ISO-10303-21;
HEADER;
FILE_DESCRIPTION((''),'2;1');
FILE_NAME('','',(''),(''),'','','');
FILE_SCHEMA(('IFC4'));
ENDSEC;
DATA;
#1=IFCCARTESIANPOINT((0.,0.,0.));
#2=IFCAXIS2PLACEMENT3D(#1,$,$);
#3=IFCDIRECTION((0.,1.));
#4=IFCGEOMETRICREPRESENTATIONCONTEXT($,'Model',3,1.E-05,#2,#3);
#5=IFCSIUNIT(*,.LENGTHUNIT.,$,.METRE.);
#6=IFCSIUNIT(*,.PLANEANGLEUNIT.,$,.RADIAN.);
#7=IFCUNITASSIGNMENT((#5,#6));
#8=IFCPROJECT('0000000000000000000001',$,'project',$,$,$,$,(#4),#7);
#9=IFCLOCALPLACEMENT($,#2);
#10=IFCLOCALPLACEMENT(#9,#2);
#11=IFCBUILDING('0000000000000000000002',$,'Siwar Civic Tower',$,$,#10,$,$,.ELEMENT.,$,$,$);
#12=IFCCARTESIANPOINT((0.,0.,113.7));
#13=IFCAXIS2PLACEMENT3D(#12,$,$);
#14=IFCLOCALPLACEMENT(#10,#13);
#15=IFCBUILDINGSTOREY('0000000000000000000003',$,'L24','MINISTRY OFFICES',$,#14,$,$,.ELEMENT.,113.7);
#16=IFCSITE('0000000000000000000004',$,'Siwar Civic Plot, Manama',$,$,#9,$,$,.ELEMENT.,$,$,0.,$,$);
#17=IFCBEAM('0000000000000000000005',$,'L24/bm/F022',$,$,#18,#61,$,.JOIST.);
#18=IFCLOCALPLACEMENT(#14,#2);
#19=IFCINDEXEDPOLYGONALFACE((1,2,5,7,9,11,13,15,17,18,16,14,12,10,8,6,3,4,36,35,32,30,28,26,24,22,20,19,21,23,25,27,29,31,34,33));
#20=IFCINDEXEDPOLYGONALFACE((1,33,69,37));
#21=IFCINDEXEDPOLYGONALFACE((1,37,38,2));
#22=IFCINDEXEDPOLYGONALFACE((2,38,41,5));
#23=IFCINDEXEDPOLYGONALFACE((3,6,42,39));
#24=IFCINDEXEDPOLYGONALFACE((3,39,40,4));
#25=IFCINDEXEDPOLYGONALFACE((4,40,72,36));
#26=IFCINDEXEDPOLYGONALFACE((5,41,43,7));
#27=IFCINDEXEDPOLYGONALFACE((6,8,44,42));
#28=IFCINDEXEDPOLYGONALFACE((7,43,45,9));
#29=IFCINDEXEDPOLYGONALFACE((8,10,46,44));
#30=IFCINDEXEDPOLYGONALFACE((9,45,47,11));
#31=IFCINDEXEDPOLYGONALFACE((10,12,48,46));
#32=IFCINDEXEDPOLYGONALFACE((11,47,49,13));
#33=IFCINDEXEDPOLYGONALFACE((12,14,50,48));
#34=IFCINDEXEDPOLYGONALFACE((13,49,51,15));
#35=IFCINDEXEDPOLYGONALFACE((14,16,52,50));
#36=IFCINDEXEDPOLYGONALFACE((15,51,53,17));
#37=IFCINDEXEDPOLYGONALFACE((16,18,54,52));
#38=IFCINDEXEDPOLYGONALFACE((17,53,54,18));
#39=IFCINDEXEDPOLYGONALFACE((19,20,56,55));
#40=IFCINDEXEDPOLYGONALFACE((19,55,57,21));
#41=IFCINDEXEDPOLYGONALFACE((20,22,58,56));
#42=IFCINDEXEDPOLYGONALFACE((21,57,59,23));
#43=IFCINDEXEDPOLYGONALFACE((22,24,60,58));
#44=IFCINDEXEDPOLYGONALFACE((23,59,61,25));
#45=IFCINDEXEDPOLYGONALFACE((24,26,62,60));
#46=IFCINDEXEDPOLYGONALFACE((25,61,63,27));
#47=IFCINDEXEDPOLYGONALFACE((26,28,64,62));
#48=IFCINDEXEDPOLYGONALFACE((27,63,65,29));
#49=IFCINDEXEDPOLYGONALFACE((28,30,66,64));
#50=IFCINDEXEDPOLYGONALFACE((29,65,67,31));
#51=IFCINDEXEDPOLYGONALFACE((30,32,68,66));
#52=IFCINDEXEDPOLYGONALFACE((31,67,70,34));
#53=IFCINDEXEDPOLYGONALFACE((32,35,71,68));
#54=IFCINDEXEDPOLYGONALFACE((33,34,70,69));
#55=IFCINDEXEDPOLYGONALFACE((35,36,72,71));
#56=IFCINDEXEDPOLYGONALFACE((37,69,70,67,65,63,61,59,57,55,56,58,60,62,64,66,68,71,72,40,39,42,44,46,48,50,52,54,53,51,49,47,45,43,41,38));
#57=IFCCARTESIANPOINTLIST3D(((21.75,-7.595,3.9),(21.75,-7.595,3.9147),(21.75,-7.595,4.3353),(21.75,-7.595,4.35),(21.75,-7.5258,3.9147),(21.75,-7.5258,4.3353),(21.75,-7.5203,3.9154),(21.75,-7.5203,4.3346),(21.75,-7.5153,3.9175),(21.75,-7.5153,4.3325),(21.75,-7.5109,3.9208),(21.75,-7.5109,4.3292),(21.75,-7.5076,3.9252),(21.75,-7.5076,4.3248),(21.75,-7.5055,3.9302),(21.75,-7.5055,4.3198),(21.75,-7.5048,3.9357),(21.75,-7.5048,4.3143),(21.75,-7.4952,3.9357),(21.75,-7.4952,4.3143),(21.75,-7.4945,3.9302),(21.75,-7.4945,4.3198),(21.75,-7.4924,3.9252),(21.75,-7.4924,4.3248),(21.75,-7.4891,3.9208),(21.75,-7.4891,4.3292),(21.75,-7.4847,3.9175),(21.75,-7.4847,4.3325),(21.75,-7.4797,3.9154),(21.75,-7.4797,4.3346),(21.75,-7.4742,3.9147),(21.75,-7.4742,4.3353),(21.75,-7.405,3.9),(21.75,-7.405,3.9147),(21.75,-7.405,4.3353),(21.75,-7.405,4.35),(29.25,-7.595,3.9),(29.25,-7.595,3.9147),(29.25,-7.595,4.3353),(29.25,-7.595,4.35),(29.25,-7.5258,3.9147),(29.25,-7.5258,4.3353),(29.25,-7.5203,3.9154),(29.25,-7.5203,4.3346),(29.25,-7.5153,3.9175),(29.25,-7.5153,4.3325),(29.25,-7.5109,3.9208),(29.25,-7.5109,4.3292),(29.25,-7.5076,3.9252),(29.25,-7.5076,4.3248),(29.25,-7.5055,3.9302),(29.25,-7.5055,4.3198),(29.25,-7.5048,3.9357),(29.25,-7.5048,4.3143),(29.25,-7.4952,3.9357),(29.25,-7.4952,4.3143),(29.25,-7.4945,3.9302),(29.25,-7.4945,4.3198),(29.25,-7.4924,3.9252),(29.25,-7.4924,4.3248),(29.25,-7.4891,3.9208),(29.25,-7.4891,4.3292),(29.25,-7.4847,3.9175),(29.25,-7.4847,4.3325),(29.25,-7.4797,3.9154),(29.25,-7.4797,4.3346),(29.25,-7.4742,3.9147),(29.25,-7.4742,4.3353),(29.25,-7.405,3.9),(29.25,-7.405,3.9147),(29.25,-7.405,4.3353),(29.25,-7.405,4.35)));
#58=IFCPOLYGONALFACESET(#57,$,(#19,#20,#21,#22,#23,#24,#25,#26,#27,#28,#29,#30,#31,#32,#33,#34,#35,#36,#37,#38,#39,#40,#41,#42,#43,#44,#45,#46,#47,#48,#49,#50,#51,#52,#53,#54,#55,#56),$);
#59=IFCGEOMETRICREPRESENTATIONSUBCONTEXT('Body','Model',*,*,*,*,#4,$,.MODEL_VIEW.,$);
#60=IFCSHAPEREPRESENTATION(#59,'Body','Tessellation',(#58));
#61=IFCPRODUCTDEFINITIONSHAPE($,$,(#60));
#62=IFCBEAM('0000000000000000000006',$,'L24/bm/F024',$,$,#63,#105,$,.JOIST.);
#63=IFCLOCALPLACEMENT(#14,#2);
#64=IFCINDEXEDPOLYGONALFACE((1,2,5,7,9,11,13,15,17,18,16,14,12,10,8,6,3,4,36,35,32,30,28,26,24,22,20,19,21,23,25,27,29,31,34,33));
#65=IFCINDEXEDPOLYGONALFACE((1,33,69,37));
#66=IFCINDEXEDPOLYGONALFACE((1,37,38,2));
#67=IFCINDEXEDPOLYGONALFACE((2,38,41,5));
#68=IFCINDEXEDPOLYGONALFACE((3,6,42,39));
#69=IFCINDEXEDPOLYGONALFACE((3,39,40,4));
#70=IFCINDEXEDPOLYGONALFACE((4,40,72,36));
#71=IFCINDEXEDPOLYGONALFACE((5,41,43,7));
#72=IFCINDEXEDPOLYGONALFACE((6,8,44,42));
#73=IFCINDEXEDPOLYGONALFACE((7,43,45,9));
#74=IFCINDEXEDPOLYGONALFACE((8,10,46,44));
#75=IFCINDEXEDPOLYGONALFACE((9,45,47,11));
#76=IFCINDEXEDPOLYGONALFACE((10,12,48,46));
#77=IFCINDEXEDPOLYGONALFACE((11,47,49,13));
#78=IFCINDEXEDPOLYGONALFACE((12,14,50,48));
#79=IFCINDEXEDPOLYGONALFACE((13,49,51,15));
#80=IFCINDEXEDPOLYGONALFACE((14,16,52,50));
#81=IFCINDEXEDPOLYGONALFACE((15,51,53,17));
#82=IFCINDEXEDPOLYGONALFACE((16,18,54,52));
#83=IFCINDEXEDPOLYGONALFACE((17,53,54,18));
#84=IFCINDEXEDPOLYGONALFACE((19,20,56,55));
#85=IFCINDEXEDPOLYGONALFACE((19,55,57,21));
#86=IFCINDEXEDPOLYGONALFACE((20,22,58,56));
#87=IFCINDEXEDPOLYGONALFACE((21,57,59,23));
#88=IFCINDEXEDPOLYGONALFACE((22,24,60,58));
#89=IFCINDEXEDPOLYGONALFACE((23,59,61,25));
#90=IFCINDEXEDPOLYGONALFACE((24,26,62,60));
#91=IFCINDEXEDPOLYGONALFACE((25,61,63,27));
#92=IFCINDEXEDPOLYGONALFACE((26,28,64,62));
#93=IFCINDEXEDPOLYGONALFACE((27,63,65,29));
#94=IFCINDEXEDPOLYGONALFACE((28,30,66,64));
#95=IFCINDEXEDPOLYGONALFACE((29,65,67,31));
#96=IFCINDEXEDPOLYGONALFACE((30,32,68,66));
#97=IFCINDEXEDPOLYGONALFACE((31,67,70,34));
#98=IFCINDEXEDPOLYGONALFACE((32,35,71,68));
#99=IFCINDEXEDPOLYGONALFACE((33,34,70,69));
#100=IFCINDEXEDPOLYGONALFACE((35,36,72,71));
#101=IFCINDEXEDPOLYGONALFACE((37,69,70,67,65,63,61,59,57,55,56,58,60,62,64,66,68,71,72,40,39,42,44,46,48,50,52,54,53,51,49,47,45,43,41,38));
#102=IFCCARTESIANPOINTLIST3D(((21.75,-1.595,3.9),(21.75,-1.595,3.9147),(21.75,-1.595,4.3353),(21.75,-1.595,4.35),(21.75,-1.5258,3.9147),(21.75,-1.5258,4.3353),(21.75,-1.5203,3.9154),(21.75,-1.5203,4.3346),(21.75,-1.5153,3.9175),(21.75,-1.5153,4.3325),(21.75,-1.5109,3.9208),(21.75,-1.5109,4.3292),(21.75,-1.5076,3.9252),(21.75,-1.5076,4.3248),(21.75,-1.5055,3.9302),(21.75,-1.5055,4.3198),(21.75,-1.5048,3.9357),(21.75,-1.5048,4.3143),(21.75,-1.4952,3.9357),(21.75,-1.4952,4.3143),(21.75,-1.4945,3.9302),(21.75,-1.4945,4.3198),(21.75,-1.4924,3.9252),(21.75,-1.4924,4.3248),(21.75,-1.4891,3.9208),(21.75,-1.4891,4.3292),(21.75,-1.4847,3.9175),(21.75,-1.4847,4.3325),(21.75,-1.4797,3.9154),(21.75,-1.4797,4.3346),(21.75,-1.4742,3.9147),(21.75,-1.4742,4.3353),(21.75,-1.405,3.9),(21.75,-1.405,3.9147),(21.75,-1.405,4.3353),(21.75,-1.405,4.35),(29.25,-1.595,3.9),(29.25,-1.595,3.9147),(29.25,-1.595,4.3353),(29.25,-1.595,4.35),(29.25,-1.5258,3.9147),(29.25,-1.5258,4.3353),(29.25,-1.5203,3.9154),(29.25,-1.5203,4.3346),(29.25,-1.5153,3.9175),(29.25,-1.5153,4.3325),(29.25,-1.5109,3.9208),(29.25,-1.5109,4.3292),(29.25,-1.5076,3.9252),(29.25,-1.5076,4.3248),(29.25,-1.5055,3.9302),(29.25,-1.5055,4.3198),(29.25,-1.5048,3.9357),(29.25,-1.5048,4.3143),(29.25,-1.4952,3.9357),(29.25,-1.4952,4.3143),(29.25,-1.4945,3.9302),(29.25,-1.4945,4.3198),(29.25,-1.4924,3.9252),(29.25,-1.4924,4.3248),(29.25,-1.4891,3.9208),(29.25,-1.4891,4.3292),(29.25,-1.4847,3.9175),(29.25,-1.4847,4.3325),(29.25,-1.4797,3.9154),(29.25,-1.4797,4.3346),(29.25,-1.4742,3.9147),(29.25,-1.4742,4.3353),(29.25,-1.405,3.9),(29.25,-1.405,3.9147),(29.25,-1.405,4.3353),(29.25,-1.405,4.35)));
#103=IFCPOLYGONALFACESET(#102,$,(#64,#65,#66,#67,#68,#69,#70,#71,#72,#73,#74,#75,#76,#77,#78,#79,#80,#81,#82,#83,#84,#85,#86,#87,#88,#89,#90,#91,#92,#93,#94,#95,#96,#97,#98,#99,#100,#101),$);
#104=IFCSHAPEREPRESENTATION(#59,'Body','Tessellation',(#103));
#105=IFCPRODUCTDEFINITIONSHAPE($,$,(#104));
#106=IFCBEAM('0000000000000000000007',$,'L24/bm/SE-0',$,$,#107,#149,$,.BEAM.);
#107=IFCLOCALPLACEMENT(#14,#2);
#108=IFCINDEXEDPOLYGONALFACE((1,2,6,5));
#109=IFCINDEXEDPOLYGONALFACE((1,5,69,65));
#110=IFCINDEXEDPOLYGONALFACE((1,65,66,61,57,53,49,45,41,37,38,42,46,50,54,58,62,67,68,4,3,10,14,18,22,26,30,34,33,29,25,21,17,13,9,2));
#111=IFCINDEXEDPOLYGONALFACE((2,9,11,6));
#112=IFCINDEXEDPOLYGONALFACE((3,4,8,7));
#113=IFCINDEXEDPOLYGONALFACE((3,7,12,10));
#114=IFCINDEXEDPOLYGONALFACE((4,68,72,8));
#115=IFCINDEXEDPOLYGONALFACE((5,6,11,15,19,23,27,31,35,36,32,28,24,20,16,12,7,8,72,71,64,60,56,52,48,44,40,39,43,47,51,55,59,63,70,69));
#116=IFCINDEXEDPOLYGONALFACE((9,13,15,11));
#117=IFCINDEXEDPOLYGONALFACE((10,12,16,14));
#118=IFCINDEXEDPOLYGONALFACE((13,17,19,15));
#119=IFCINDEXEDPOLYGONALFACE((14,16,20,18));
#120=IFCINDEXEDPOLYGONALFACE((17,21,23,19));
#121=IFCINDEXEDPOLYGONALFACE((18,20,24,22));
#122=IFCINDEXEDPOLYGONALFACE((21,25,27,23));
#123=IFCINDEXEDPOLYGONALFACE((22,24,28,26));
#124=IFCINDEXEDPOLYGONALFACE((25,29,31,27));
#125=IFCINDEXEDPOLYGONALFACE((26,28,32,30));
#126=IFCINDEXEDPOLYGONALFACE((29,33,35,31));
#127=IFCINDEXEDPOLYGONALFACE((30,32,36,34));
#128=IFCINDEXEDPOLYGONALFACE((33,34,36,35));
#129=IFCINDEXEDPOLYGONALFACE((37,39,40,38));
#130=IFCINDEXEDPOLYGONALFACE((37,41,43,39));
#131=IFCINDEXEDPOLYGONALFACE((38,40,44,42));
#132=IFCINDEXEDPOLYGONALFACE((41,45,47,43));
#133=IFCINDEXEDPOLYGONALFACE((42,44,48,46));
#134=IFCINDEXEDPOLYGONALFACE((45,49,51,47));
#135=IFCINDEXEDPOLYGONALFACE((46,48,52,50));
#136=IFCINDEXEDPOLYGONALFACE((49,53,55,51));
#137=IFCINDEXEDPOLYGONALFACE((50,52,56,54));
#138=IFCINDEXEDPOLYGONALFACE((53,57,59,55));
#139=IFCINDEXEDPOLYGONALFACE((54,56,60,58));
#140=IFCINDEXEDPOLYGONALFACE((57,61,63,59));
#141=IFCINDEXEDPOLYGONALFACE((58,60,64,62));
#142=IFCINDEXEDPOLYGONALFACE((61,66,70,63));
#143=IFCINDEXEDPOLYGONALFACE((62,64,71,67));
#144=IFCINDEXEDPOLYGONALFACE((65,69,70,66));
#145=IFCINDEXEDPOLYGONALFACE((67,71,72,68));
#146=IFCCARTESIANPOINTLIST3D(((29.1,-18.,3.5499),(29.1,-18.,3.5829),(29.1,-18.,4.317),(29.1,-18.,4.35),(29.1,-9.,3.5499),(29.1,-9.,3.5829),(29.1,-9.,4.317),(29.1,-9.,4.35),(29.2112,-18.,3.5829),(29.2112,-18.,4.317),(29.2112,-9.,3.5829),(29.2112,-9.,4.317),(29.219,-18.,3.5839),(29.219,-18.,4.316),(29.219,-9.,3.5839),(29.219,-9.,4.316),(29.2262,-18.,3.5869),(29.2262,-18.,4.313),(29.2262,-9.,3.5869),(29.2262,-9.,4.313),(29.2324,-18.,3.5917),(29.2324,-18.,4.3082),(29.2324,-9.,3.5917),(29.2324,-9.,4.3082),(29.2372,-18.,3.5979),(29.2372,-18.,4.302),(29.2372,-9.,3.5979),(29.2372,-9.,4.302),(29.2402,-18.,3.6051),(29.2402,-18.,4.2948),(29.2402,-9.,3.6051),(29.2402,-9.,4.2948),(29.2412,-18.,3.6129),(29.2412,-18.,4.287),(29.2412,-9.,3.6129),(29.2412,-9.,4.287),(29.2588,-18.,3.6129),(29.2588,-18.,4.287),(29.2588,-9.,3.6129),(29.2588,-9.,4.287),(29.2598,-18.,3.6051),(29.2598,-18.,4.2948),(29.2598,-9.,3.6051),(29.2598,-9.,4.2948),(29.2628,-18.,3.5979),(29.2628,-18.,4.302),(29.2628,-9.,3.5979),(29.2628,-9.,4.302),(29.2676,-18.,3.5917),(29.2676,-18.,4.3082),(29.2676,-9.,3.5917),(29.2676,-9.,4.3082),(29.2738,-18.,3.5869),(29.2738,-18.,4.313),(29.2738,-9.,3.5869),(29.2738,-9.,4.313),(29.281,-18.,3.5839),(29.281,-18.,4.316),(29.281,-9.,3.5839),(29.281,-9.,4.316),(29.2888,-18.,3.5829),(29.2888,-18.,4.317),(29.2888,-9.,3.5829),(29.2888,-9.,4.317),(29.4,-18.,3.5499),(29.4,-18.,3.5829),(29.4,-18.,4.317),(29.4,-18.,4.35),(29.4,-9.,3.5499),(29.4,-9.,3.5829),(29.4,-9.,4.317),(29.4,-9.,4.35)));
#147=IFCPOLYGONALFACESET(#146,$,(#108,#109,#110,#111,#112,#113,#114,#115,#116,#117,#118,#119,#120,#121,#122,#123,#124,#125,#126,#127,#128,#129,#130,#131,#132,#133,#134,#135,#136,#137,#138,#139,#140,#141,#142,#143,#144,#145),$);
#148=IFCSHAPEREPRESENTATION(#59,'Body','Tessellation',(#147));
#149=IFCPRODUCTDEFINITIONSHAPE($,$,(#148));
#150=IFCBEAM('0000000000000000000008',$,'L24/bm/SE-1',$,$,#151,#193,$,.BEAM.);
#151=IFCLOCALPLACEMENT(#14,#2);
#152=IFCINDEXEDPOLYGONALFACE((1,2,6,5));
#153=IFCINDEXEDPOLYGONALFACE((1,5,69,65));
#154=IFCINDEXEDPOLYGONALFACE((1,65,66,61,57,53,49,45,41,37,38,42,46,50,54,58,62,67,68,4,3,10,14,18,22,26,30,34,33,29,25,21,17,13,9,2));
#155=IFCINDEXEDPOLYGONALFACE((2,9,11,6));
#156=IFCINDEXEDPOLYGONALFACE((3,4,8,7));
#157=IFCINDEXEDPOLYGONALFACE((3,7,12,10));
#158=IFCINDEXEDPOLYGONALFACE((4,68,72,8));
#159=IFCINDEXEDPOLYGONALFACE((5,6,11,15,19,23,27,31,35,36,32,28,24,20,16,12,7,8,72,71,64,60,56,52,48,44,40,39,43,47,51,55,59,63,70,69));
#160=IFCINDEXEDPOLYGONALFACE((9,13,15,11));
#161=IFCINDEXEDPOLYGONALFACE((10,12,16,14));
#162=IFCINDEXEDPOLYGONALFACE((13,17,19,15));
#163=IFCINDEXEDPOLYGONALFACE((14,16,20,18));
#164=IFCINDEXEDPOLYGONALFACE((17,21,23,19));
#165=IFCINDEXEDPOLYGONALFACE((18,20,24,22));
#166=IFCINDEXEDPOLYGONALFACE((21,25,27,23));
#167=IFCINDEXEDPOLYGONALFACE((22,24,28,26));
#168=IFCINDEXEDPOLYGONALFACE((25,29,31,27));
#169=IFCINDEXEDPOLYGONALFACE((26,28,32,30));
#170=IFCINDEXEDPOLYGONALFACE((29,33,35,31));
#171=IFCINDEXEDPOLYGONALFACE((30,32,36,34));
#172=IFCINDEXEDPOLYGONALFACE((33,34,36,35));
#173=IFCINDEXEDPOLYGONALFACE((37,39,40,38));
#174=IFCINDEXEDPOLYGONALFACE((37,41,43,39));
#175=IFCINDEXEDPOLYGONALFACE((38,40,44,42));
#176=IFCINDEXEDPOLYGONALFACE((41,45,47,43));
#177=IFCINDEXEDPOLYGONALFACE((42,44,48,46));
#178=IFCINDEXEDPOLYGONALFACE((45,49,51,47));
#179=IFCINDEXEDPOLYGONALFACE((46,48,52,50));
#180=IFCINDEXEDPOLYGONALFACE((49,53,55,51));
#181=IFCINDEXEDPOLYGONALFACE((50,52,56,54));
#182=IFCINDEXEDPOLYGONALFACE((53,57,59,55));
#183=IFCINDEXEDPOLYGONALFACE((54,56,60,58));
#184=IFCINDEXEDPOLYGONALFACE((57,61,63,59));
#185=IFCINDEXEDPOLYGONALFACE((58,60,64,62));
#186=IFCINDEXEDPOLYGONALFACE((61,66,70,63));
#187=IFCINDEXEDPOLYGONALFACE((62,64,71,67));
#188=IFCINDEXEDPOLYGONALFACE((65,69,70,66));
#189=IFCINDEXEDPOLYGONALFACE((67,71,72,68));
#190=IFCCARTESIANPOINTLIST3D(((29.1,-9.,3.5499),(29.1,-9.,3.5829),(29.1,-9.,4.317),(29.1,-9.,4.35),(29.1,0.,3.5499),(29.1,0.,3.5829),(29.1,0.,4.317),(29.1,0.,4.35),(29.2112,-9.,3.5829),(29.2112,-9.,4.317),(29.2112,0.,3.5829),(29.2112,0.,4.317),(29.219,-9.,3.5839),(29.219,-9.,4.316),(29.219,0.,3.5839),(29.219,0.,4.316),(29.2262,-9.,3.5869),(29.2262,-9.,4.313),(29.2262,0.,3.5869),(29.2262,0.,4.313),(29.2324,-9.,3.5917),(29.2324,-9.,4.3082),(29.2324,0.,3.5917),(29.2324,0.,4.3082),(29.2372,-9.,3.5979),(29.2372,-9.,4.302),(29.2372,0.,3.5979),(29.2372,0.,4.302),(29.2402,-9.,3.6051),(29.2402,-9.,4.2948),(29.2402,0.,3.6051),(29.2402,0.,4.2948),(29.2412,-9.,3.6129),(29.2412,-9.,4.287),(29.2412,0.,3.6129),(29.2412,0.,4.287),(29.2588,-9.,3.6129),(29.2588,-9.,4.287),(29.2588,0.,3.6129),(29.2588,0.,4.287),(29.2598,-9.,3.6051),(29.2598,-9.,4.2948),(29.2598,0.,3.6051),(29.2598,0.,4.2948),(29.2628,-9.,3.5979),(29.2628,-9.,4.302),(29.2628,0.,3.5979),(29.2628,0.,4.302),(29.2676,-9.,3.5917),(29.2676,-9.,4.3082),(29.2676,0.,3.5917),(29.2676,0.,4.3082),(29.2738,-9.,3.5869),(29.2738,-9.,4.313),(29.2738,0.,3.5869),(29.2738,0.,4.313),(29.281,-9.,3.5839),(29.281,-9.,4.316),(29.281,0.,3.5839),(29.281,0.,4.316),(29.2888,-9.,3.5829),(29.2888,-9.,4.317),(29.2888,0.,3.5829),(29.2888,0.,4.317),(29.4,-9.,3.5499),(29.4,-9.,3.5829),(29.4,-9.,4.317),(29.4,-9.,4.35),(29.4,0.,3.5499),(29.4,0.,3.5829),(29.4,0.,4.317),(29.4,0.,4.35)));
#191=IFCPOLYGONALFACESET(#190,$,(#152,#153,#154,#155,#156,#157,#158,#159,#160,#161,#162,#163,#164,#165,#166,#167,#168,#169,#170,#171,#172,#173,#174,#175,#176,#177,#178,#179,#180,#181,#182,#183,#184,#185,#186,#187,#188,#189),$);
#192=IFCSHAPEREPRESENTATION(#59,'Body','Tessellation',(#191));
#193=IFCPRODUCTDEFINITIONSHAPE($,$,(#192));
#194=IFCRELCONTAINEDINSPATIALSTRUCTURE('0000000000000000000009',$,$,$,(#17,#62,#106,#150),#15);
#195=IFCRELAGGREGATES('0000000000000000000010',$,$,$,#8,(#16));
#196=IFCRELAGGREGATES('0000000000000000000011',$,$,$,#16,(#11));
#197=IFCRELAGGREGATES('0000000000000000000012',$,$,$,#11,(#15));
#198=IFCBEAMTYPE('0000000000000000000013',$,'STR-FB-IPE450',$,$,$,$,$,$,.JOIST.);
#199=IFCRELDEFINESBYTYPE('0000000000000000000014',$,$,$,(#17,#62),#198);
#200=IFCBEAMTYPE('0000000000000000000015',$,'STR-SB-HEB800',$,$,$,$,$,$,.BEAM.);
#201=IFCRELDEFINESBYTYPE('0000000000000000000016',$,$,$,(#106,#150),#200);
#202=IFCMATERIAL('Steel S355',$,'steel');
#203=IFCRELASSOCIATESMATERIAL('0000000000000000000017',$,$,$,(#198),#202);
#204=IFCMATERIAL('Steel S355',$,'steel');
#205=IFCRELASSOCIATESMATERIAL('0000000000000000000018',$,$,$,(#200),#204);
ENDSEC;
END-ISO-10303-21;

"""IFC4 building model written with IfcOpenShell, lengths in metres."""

from ifc_helpers import new_model, si_unit, direction, frame, origin, origin_2d, place, context, subcontext, project, spatial, i_section, extrude, material, material_profile, profile_set, type_object, element, save


model = new_model("IFC4")

# Units and contexts
model_context = context("Model", 3, precision=1e-05, world=origin(), true_north=direction((0.0, 1.0)))
body_context = subcontext(model_context, "Body", "Model", "MODEL_VIEW")
ifc_project = project(units=[si_unit("LENGTHUNIT", "METRE"), si_unit("PLANEANGLEUNIT", "RADIAN")], contexts=[model_context])

# Site, building, storey
site_placement = place(None, origin())
site = spatial("IfcSite", under=ifc_project, at=site_placement, Name="Siwar Civic Plot, Manama", CompositionType="ELEMENT", RefElevation=0.0)
building_placement = place(site_placement, origin())
building = spatial("IfcBuilding", under=site, at=building_placement, Name="Siwar Civic Tower", CompositionType="ELEMENT")
storey_placement = place(building_placement, frame((0.0, 0.0, 113.7)))
storey = spatial("IfcBuildingStorey", under=building, at=storey_placement, Name="L24", Description="MINISTRY OFFICES", CompositionType="ELEMENT", Elevation=113.7)

# Beams
ifc_material_1 = material(Name="Steel S355", Category="steel")
ifc_material_profile_1 = material_profile(ifc_material_1, i_section(OverallWidth=0.1899, OverallDepth=0.45, WebThickness=0.0095, FlangeThickness=0.0146, FilletRadius=0.021, at=origin_2d()), Name="IPE450")
ifc_profile_set_1 = profile_set([ifc_material_profile_1], Name="Steel S355")
beam_type_1 = type_object("IfcBeamType", Name="STR-FB-IPE450", PredefinedType="JOIST", material=ifc_profile_set_1)
for number, where, z_axis, x_axis, name in (
    (1, (21.75, -7.5, 4.125), (1.0, 0.0, 0.0), (0.0, 1.0, 0.0), "L24/bm/F022"),
    (2, (21.75, -1.5, 4.125), (1.0, 0.0, 0.0), (0.0, 1.0, 0.0), "L24/bm/F024"),
):
    element("IfcBeam", number, at=place(storey_placement, frame(where, z_axis=z_axis, x_axis=x_axis)), inside=storey, type_object=beam_type_1, Name=name, PredefinedType="JOIST", context=body_context, shape_type="SweptSolid", body=[
        extrude(i_section(OverallWidth=0.1899, OverallDepth=0.45, WebThickness=0.0095, FlangeThickness=0.0146, FilletRadius=0.021, at=origin_2d()), origin(), (0.0, 0.0, 1.0), 7.5),
    ])
ifc_material_2 = material(Name="Steel S355", Category="steel")
ifc_material_profile_2 = material_profile(ifc_material_2, i_section(OverallWidth=0.3, OverallDepth=0.8, WebThickness=0.0176, FlangeThickness=0.033, FilletRadius=0.03, at=origin_2d()), Name="HEB800")
ifc_profile_set_2 = profile_set([ifc_material_profile_2], Name="Steel S355")
beam_type_2 = type_object("IfcBeamType", Name="STR-SB-HEB800", PredefinedType="BEAM", material=ifc_profile_set_2)
for number, where, z_axis, x_axis, name in (
    (3, (29.25, -18.0, 3.95), (0.0, 1.0, 0.0), (-1.0, 0.0, 0.0), "L24/bm/SE-0"),
    (4, (29.25, -9.0, 3.95), (0.0, 1.0, 0.0), (-1.0, 0.0, 0.0), "L24/bm/SE-1"),
):
    element("IfcBeam", number, at=place(storey_placement, frame(where, z_axis=z_axis, x_axis=x_axis)), inside=storey, type_object=beam_type_2, Name=name, PredefinedType="BEAM", context=body_context, shape_type="SweptSolid", body=[
        extrude(i_section(OverallWidth=0.3, OverallDepth=0.8, WebThickness=0.0176, FlangeThickness=0.033, FilletRadius=0.03, at=origin_2d()), origin(), (0.0, 0.0, 1.0), 9.0),
    ])

save(model, "model.ifc")
